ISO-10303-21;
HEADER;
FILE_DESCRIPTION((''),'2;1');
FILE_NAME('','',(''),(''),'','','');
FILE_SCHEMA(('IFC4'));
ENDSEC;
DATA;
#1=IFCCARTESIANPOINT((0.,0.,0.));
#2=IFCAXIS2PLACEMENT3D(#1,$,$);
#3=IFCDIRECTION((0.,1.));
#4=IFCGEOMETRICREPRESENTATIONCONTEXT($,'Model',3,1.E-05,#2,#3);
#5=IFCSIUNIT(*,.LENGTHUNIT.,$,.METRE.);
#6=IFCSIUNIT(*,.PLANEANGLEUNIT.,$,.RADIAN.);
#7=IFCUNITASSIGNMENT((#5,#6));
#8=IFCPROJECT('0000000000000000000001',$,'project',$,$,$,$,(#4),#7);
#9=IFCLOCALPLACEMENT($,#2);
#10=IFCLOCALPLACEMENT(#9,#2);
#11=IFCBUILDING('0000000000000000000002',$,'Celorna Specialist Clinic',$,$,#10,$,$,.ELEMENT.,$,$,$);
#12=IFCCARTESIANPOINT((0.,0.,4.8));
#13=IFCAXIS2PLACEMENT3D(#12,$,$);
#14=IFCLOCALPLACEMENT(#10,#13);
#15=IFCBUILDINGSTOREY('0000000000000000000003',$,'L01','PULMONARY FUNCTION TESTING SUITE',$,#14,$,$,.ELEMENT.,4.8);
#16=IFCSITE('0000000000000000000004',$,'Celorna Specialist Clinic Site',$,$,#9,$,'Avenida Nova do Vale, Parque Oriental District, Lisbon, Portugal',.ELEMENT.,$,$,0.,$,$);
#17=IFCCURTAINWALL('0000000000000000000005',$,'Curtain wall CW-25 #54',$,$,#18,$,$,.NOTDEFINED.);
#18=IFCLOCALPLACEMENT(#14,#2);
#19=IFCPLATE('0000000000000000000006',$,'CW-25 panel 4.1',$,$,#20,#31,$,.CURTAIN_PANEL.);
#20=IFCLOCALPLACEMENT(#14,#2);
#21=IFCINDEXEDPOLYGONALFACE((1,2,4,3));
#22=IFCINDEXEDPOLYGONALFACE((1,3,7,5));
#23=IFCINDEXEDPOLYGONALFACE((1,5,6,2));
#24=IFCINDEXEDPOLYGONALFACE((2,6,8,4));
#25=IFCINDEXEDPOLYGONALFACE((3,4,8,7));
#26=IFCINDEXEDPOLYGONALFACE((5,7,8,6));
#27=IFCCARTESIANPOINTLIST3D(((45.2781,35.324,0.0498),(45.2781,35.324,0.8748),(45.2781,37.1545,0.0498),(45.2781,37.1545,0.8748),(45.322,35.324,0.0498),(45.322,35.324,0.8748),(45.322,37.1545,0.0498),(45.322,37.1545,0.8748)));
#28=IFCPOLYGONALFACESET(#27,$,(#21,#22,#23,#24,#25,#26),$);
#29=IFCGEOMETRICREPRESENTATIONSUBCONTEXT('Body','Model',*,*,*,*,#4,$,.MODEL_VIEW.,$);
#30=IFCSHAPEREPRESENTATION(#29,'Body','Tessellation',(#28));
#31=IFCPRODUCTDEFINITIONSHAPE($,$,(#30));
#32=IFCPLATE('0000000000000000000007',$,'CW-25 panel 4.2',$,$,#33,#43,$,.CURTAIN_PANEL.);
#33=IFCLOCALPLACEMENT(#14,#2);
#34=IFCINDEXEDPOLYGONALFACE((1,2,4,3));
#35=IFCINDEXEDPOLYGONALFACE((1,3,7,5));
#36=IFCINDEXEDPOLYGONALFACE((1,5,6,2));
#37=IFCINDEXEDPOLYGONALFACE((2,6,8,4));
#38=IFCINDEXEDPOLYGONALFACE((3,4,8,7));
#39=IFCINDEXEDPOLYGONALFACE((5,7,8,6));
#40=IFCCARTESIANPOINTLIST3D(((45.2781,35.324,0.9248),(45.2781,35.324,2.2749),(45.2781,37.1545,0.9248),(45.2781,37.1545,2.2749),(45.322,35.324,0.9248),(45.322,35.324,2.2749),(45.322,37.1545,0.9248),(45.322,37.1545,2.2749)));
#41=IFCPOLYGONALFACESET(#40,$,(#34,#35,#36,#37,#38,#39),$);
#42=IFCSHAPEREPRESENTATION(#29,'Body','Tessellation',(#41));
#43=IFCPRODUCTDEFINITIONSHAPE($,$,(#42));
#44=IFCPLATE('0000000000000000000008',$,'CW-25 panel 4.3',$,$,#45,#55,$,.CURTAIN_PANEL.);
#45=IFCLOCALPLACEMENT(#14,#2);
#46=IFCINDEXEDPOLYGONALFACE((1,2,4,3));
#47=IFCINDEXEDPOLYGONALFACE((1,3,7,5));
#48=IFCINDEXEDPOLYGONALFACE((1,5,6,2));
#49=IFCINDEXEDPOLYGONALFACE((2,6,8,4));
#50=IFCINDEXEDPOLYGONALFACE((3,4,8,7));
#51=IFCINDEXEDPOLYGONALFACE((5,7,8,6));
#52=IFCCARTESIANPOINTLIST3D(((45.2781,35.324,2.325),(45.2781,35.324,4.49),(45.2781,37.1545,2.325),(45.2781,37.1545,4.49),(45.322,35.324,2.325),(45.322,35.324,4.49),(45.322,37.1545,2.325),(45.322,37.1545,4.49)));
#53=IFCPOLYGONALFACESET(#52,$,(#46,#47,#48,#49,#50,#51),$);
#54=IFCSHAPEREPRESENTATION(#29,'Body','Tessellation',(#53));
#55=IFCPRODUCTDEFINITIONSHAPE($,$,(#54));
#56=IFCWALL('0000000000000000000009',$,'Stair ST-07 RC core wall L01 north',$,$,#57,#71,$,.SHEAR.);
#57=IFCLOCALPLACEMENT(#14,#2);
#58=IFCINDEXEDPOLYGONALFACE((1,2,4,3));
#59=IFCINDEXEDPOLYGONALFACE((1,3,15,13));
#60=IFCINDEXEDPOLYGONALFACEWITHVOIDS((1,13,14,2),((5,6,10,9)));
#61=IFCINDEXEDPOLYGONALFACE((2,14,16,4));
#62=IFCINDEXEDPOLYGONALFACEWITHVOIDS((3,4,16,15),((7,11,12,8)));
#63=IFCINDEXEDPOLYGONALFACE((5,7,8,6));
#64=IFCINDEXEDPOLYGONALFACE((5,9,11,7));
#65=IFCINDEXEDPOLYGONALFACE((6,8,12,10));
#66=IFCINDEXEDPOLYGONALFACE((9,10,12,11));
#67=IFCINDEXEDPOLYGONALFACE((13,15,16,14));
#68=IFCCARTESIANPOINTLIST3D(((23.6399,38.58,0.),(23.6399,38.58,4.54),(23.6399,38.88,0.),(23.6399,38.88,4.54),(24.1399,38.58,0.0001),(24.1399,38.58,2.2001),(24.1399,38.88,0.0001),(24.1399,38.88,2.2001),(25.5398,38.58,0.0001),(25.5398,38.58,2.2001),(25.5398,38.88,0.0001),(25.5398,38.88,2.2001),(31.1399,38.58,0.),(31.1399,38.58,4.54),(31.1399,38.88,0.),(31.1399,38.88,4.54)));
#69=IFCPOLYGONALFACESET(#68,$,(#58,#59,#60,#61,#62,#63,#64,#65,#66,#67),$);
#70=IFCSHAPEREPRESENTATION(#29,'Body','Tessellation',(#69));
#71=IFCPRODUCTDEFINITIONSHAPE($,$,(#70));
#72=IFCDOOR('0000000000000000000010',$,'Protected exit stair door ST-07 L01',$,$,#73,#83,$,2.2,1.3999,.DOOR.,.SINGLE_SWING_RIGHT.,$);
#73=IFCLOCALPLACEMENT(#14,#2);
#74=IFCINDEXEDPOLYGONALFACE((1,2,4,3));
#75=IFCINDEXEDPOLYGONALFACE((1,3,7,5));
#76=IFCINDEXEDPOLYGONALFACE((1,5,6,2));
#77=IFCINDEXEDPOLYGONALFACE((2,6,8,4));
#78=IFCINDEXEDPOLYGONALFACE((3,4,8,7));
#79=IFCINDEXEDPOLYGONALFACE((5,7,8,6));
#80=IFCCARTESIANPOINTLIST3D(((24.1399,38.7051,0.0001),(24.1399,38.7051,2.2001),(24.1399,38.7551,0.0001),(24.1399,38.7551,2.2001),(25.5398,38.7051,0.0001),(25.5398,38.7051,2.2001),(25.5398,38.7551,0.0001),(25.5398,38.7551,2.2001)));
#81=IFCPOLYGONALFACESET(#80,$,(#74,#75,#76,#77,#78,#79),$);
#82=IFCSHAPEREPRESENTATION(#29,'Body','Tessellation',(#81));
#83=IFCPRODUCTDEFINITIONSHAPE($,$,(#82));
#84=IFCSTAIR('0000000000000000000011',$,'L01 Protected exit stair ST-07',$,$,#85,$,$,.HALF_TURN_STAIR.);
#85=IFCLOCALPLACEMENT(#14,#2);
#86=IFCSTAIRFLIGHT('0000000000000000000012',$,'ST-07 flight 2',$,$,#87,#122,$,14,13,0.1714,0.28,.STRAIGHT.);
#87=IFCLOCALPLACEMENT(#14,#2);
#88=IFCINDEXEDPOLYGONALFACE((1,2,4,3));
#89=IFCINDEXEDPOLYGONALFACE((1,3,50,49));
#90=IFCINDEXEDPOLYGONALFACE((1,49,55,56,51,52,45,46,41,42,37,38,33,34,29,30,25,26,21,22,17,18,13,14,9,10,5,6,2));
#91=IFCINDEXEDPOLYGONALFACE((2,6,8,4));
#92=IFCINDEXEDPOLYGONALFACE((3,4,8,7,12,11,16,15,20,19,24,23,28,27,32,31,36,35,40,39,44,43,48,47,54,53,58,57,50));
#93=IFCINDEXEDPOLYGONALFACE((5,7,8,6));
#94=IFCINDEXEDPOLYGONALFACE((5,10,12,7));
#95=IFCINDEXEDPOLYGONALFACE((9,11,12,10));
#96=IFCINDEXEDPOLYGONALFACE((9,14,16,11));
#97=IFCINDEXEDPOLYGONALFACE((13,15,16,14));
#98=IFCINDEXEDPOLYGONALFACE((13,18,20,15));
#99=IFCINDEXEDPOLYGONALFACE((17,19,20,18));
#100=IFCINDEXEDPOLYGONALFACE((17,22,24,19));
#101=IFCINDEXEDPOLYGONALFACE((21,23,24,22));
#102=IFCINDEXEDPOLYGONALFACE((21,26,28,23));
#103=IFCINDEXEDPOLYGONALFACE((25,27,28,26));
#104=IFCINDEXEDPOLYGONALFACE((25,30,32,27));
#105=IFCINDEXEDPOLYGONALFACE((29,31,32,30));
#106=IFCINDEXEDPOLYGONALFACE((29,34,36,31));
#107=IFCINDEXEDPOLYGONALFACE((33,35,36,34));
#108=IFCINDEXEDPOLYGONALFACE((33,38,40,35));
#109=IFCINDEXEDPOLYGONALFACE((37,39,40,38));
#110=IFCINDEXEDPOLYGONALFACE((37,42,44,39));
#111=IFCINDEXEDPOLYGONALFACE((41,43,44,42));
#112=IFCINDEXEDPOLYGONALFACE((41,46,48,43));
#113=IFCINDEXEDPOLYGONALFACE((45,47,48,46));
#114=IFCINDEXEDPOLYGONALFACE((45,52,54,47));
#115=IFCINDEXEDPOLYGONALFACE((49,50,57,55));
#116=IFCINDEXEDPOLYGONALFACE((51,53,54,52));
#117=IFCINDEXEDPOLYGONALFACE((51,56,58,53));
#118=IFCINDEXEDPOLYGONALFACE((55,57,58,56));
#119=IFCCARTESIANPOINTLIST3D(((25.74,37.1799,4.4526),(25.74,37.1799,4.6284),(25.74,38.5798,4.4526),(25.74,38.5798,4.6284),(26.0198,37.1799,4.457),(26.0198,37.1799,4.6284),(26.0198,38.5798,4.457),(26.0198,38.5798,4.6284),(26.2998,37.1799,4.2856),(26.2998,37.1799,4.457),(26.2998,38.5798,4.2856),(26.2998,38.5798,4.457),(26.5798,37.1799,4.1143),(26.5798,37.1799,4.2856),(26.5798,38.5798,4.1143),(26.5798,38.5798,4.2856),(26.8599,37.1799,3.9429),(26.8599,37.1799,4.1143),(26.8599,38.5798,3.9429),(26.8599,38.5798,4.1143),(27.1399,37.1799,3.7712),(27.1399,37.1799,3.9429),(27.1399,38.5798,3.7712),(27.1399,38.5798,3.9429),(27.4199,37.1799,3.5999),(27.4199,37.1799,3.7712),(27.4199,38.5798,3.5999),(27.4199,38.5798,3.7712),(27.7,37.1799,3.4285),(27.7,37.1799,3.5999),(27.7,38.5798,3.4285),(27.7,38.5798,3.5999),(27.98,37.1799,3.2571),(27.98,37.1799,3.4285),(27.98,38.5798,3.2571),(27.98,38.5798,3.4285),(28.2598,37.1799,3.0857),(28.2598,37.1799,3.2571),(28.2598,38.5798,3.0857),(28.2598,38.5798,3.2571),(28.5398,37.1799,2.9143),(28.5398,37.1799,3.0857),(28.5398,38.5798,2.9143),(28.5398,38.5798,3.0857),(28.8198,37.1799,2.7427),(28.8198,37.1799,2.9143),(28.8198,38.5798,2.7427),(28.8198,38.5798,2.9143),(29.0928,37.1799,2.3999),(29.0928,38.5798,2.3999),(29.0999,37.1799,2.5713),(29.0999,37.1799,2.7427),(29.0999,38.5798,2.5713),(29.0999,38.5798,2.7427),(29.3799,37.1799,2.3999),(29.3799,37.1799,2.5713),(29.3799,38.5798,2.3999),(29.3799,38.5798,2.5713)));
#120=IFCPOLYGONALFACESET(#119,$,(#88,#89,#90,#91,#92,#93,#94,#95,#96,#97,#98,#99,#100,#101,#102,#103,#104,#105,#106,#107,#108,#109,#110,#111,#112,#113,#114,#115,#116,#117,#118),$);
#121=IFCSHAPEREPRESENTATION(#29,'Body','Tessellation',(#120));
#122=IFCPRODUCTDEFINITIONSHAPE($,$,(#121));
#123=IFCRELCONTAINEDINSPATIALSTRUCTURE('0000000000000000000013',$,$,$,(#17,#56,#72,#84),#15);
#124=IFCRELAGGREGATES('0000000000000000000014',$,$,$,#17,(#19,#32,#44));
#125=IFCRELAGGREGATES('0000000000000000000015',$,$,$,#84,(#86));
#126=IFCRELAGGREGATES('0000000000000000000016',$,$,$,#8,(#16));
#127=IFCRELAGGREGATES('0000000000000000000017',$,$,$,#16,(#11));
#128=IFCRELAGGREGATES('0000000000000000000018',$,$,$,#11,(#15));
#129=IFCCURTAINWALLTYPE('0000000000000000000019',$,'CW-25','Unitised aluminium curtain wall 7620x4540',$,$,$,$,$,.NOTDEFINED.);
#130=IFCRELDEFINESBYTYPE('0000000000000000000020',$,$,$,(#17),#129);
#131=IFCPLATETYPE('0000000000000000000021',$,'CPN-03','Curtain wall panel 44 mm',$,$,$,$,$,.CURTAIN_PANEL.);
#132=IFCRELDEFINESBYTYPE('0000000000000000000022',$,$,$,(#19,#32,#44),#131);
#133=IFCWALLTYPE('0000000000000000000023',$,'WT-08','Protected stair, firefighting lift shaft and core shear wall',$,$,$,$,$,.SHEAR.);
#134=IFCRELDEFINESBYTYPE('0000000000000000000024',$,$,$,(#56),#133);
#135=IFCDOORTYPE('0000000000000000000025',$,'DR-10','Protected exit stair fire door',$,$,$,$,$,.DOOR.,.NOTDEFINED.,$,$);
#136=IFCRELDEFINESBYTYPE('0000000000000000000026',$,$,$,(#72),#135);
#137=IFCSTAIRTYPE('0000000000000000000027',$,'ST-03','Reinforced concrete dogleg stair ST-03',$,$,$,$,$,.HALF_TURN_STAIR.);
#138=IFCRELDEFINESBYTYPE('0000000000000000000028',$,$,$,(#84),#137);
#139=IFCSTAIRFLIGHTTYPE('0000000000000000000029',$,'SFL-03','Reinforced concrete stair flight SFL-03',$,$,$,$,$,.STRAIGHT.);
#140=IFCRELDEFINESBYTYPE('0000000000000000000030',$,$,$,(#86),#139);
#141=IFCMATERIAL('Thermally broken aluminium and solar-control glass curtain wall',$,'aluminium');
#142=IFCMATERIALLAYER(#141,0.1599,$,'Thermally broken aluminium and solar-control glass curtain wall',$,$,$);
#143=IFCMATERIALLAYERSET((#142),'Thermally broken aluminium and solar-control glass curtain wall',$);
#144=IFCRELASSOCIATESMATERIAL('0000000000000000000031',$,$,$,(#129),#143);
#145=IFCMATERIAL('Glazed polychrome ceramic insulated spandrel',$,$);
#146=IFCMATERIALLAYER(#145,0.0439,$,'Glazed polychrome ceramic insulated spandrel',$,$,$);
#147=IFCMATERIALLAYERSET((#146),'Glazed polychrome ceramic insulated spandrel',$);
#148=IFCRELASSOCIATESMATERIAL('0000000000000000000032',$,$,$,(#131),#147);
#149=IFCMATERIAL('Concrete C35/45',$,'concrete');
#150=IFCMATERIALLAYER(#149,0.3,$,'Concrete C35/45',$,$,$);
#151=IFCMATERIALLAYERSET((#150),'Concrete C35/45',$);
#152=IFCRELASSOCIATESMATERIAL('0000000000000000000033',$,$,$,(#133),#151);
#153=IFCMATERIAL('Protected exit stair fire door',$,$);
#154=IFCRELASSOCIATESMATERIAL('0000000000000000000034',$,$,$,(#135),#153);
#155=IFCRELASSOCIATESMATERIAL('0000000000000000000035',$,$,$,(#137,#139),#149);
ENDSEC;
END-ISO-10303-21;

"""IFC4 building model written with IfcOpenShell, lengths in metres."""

from ifc_helpers import new_model, si_unit, direction, frame, frame_2d, origin, origin_2d, place, context, subcontext, project, spatial, polyline, rectangle, outline, extrude, material, layer, layer_set, type_object, element, fill, aggregate, save


model = new_model("IFC4")

# Units and contexts
model_context = context("Model", 3, precision=1e-05, world=origin(), true_north=direction((0.0, 1.0)))
body_context = subcontext(model_context, "Body", "Model", "MODEL_VIEW")
ifc_project = project(units=[si_unit("LENGTHUNIT", "METRE"), si_unit("PLANEANGLEUNIT", "RADIAN")], contexts=[model_context])

# Site, building, storey
site_placement = place(None, origin())
site = spatial("IfcSite", under=ifc_project, at=site_placement, Name="Celorna Specialist Clinic Site", LongName="Avenida Nova do Vale, Parque Oriental District, Lisbon, Portugal", CompositionType="ELEMENT", RefElevation=0.0)
building_placement = place(site_placement, origin())
building = spatial("IfcBuilding", under=site, at=building_placement, Name="Celorna Specialist Clinic", CompositionType="ELEMENT")
storey_placement = place(building_placement, frame((0.0, 0.0, 4.8)))
storey = spatial("IfcBuildingStorey", under=building, at=storey_placement, Name="L01", Description="PULMONARY FUNCTION TESTING SUITE", CompositionType="ELEMENT", Elevation=4.8)

# Shared definitions
ifc_material_1 = material(Name="Concrete C35/45", Category="concrete")

# Curtain wall, plates
ifc_material_2 = material(Name="Thermally broken aluminium and solar-control glass curtain wall", Category="aluminium")
ifc_layer_1 = layer(ifc_material_2, 0.1599, Name="Thermally broken aluminium and solar-control glass curtain wall")
ifc_layer_set_1 = layer_set([ifc_layer_1], Name="Thermally broken aluminium and solar-control glass curtain wall")
curtain_wall_type = type_object("IfcCurtainWallType", Name="CW-25", Description="Unitised aluminium curtain wall 7620x4540", PredefinedType="NOTDEFINED", material=ifc_layer_set_1)
curtain_wall_placement = place(storey_placement, origin())
curtain_wall = element("IfcCurtainWall", 1, at=curtain_wall_placement, inside=storey, type_object=curtain_wall_type, Name="Curtain wall CW-25 #54", PredefinedType="NOTDEFINED")
ifc_material_3 = material(Name="Glazed polychrome ceramic insulated spandrel")
ifc_layer_2 = layer(ifc_material_3, 0.0439, Name="Glazed polychrome ceramic insulated spandrel")
ifc_layer_set_2 = layer_set([ifc_layer_2], Name="Glazed polychrome ceramic insulated spandrel")
plate_type = type_object("IfcPlateType", Name="CPN-03", Description="Curtain wall panel 44 mm", PredefinedType="CURTAIN_PANEL", material=ifc_layer_set_2)
plate_1_placement = place(storey_placement, frame((45.3, 36.2393, 0.0498), z_axis=(0.0, 0.0, 1.0), x_axis=(0.0, -1.0, 0.0)))
plate_1 = element("IfcPlate", 2, at=plate_1_placement, type_object=plate_type, Name="CW-25 panel 4.1", PredefinedType="CURTAIN_PANEL", context=body_context, shape_type="SweptSolid", body=[
    extrude(rectangle(XDim=1.8306, YDim=0.0439, at=origin_2d()), origin(), (0.0, 0.0, 1.0), 0.825),
])
plate_2_placement = place(storey_placement, frame((45.3, 36.2393, 0.9248), z_axis=(0.0, 0.0, 1.0), x_axis=(0.0, -1.0, 0.0)))
plate_2 = element("IfcPlate", 3, at=plate_2_placement, type_object=plate_type, Name="CW-25 panel 4.2", PredefinedType="CURTAIN_PANEL", context=body_context, shape_type="SweptSolid", body=[
    extrude(rectangle(XDim=1.8306, YDim=0.0439, at=origin_2d()), origin(), (0.0, 0.0, 1.0), 1.3501),
])
plate_3_placement = place(storey_placement, frame((45.3, 36.2393, 2.325), z_axis=(0.0, 0.0, 1.0), x_axis=(0.0, -1.0, 0.0)))
plate_3 = element("IfcPlate", 4, at=plate_3_placement, type_object=plate_type, Name="CW-25 panel 4.3", PredefinedType="CURTAIN_PANEL", context=body_context, shape_type="SweptSolid", body=[
    extrude(rectangle(XDim=1.8306, YDim=0.0439, at=origin_2d()), origin(), (0.0, 0.0, 1.0), 2.165),
])
aggregate(curtain_wall, [plate_1, plate_2, plate_3])

# Wall, opening, door
ifc_layer_3 = layer(ifc_material_1, 0.3, Name="Concrete C35/45")
ifc_layer_set_3 = layer_set([ifc_layer_3], Name="Concrete C35/45")
wall_type = type_object("IfcWallType", Name="WT-08", Description="Protected stair, firefighting lift shaft and core shear wall", PredefinedType="SHEAR", material=ifc_layer_set_3)
wall_placement = place(storey_placement, frame((31.1399, 38.73, 0.0), z_axis=(0.0, 0.0, 1.0), x_axis=(-1.0, 0.0, 0.0)))
wall = element("IfcWall", 5, at=wall_placement, inside=storey, type_object=wall_type, Name="Stair ST-07 RC core wall L01 north", PredefinedType="SHEAR", context=body_context, shape_type="SweptSolid", body=[
    extrude(rectangle(XDim=7.5, YDim=0.3, at=frame_2d((3.75, 0.0))), origin(), (0.0, 0.0, 1.0), 4.54),
])
opening_placement = place(wall_placement, frame((5.6001, 0.0, 0.0)))
opening = element("IfcOpeningElement", 6, at=opening_placement, cuts=wall, PredefinedType="OPENING", context=body_context, shape_type="SweptSolid", body=[
    extrude(rectangle(XDim=1.3999, YDim=2.2, at=frame_2d((0.7, 1.1001))), frame((0.0, 0.1599, 0.0), z_axis=(0.0, -1.0, 0.0), x_axis=(1.0, 0.0, 0.0)), (0.0, 0.0, 1.0), 0.3201),
])
ifc_material_4 = material(Name="Protected exit stair fire door")
door_type = type_object("IfcDoorType", Name="DR-10", Description="Protected exit stair fire door", OperationType="NOTDEFINED", PredefinedType="DOOR", material=ifc_material_4)
door_placement = place(opening_placement, origin())
door = element("IfcDoor", 7, at=door_placement, inside=storey, type_object=door_type, Name="Protected exit stair door ST-07 L01", OperationType="SINGLE_SWING_RIGHT", OverallHeight=2.2, OverallWidth=1.3999, PredefinedType="DOOR", context=body_context, shape_type="SweptSolid", body=[
    extrude(rectangle(XDim=1.3999, YDim=2.2, at=frame_2d((0.7, 1.1001))), frame((0.0, 0.0249, 0.0), z_axis=(0.0, -1.0, 0.0), x_axis=(1.0, 0.0, 0.0)), (0.0, 0.0, 1.0), 0.05),
])
fill(opening, door)

# Stair, stair flight
stair_type = type_object("IfcStairType", Name="ST-03", Description="Reinforced concrete dogleg stair ST-03", PredefinedType="HALF_TURN_STAIR", material=ifc_material_1)
stair_placement = place(storey_placement, origin())
stair = element("IfcStair", 8, at=stair_placement, inside=storey, type_object=stair_type, Name="L01 Protected exit stair ST-07", PredefinedType="HALF_TURN_STAIR")
stair_flight_type = type_object("IfcStairFlightType", Name="SFL-03", Description="Reinforced concrete stair flight SFL-03", PredefinedType="STRAIGHT", material=ifc_material_1)
stair_flight_placement = place(storey_placement, frame((29.3799, 37.8799, 2.3999), z_axis=(0.0, 0.0, 1.0), x_axis=(-1.0, 0.0, 0.0)))
stair_flight = element("IfcStairFlight", 9, at=stair_flight_placement, type_object=stair_flight_type, Name="ST-07 flight 2", NumberOfRisers=14, NumberOfTreads=13, PredefinedType="STRAIGHT", RiserHeight=0.1714, TreadLength=0.28, context=body_context, shape_type="SweptSolid", body=[
    extrude(outline(polyline([(0.0, 0.0), (0.0, 0.1714), (0.28, 0.1714), (0.28, 0.3428), (0.5601, 0.3428), (0.5601, 0.5144), (0.8401, 0.5144), (0.8401, 0.6858), (1.1201, 0.6858), (1.1201, 0.8572), (1.3999, 0.8572), (1.3999, 1.0286), (1.6799, 1.0286), (1.6799, 1.2), (1.96, 1.2), (1.96, 1.3713), (2.24, 1.3713), (2.24, 1.543), (2.52, 1.543), (2.52, 1.7144), (2.8, 1.7144), (2.8, 1.8857), (3.0801, 1.8857), (3.0801, 2.0571), (3.3601, 2.0571), (3.3601, 2.2285), (3.6399, 2.2285), (3.6399, 2.3999), (3.6399, 2.0527), (0.2871, 0.0), (0.0, 0.0)])), frame((0.0, 0.7, 0.0), z_axis=(0.0, -1.0, 0.0), x_axis=(1.0, 0.0, 0.0)), (0.0, 0.0, 1.0), 1.3999),
])
aggregate(stair, [stair_flight])

save(model, "model.ifc")
